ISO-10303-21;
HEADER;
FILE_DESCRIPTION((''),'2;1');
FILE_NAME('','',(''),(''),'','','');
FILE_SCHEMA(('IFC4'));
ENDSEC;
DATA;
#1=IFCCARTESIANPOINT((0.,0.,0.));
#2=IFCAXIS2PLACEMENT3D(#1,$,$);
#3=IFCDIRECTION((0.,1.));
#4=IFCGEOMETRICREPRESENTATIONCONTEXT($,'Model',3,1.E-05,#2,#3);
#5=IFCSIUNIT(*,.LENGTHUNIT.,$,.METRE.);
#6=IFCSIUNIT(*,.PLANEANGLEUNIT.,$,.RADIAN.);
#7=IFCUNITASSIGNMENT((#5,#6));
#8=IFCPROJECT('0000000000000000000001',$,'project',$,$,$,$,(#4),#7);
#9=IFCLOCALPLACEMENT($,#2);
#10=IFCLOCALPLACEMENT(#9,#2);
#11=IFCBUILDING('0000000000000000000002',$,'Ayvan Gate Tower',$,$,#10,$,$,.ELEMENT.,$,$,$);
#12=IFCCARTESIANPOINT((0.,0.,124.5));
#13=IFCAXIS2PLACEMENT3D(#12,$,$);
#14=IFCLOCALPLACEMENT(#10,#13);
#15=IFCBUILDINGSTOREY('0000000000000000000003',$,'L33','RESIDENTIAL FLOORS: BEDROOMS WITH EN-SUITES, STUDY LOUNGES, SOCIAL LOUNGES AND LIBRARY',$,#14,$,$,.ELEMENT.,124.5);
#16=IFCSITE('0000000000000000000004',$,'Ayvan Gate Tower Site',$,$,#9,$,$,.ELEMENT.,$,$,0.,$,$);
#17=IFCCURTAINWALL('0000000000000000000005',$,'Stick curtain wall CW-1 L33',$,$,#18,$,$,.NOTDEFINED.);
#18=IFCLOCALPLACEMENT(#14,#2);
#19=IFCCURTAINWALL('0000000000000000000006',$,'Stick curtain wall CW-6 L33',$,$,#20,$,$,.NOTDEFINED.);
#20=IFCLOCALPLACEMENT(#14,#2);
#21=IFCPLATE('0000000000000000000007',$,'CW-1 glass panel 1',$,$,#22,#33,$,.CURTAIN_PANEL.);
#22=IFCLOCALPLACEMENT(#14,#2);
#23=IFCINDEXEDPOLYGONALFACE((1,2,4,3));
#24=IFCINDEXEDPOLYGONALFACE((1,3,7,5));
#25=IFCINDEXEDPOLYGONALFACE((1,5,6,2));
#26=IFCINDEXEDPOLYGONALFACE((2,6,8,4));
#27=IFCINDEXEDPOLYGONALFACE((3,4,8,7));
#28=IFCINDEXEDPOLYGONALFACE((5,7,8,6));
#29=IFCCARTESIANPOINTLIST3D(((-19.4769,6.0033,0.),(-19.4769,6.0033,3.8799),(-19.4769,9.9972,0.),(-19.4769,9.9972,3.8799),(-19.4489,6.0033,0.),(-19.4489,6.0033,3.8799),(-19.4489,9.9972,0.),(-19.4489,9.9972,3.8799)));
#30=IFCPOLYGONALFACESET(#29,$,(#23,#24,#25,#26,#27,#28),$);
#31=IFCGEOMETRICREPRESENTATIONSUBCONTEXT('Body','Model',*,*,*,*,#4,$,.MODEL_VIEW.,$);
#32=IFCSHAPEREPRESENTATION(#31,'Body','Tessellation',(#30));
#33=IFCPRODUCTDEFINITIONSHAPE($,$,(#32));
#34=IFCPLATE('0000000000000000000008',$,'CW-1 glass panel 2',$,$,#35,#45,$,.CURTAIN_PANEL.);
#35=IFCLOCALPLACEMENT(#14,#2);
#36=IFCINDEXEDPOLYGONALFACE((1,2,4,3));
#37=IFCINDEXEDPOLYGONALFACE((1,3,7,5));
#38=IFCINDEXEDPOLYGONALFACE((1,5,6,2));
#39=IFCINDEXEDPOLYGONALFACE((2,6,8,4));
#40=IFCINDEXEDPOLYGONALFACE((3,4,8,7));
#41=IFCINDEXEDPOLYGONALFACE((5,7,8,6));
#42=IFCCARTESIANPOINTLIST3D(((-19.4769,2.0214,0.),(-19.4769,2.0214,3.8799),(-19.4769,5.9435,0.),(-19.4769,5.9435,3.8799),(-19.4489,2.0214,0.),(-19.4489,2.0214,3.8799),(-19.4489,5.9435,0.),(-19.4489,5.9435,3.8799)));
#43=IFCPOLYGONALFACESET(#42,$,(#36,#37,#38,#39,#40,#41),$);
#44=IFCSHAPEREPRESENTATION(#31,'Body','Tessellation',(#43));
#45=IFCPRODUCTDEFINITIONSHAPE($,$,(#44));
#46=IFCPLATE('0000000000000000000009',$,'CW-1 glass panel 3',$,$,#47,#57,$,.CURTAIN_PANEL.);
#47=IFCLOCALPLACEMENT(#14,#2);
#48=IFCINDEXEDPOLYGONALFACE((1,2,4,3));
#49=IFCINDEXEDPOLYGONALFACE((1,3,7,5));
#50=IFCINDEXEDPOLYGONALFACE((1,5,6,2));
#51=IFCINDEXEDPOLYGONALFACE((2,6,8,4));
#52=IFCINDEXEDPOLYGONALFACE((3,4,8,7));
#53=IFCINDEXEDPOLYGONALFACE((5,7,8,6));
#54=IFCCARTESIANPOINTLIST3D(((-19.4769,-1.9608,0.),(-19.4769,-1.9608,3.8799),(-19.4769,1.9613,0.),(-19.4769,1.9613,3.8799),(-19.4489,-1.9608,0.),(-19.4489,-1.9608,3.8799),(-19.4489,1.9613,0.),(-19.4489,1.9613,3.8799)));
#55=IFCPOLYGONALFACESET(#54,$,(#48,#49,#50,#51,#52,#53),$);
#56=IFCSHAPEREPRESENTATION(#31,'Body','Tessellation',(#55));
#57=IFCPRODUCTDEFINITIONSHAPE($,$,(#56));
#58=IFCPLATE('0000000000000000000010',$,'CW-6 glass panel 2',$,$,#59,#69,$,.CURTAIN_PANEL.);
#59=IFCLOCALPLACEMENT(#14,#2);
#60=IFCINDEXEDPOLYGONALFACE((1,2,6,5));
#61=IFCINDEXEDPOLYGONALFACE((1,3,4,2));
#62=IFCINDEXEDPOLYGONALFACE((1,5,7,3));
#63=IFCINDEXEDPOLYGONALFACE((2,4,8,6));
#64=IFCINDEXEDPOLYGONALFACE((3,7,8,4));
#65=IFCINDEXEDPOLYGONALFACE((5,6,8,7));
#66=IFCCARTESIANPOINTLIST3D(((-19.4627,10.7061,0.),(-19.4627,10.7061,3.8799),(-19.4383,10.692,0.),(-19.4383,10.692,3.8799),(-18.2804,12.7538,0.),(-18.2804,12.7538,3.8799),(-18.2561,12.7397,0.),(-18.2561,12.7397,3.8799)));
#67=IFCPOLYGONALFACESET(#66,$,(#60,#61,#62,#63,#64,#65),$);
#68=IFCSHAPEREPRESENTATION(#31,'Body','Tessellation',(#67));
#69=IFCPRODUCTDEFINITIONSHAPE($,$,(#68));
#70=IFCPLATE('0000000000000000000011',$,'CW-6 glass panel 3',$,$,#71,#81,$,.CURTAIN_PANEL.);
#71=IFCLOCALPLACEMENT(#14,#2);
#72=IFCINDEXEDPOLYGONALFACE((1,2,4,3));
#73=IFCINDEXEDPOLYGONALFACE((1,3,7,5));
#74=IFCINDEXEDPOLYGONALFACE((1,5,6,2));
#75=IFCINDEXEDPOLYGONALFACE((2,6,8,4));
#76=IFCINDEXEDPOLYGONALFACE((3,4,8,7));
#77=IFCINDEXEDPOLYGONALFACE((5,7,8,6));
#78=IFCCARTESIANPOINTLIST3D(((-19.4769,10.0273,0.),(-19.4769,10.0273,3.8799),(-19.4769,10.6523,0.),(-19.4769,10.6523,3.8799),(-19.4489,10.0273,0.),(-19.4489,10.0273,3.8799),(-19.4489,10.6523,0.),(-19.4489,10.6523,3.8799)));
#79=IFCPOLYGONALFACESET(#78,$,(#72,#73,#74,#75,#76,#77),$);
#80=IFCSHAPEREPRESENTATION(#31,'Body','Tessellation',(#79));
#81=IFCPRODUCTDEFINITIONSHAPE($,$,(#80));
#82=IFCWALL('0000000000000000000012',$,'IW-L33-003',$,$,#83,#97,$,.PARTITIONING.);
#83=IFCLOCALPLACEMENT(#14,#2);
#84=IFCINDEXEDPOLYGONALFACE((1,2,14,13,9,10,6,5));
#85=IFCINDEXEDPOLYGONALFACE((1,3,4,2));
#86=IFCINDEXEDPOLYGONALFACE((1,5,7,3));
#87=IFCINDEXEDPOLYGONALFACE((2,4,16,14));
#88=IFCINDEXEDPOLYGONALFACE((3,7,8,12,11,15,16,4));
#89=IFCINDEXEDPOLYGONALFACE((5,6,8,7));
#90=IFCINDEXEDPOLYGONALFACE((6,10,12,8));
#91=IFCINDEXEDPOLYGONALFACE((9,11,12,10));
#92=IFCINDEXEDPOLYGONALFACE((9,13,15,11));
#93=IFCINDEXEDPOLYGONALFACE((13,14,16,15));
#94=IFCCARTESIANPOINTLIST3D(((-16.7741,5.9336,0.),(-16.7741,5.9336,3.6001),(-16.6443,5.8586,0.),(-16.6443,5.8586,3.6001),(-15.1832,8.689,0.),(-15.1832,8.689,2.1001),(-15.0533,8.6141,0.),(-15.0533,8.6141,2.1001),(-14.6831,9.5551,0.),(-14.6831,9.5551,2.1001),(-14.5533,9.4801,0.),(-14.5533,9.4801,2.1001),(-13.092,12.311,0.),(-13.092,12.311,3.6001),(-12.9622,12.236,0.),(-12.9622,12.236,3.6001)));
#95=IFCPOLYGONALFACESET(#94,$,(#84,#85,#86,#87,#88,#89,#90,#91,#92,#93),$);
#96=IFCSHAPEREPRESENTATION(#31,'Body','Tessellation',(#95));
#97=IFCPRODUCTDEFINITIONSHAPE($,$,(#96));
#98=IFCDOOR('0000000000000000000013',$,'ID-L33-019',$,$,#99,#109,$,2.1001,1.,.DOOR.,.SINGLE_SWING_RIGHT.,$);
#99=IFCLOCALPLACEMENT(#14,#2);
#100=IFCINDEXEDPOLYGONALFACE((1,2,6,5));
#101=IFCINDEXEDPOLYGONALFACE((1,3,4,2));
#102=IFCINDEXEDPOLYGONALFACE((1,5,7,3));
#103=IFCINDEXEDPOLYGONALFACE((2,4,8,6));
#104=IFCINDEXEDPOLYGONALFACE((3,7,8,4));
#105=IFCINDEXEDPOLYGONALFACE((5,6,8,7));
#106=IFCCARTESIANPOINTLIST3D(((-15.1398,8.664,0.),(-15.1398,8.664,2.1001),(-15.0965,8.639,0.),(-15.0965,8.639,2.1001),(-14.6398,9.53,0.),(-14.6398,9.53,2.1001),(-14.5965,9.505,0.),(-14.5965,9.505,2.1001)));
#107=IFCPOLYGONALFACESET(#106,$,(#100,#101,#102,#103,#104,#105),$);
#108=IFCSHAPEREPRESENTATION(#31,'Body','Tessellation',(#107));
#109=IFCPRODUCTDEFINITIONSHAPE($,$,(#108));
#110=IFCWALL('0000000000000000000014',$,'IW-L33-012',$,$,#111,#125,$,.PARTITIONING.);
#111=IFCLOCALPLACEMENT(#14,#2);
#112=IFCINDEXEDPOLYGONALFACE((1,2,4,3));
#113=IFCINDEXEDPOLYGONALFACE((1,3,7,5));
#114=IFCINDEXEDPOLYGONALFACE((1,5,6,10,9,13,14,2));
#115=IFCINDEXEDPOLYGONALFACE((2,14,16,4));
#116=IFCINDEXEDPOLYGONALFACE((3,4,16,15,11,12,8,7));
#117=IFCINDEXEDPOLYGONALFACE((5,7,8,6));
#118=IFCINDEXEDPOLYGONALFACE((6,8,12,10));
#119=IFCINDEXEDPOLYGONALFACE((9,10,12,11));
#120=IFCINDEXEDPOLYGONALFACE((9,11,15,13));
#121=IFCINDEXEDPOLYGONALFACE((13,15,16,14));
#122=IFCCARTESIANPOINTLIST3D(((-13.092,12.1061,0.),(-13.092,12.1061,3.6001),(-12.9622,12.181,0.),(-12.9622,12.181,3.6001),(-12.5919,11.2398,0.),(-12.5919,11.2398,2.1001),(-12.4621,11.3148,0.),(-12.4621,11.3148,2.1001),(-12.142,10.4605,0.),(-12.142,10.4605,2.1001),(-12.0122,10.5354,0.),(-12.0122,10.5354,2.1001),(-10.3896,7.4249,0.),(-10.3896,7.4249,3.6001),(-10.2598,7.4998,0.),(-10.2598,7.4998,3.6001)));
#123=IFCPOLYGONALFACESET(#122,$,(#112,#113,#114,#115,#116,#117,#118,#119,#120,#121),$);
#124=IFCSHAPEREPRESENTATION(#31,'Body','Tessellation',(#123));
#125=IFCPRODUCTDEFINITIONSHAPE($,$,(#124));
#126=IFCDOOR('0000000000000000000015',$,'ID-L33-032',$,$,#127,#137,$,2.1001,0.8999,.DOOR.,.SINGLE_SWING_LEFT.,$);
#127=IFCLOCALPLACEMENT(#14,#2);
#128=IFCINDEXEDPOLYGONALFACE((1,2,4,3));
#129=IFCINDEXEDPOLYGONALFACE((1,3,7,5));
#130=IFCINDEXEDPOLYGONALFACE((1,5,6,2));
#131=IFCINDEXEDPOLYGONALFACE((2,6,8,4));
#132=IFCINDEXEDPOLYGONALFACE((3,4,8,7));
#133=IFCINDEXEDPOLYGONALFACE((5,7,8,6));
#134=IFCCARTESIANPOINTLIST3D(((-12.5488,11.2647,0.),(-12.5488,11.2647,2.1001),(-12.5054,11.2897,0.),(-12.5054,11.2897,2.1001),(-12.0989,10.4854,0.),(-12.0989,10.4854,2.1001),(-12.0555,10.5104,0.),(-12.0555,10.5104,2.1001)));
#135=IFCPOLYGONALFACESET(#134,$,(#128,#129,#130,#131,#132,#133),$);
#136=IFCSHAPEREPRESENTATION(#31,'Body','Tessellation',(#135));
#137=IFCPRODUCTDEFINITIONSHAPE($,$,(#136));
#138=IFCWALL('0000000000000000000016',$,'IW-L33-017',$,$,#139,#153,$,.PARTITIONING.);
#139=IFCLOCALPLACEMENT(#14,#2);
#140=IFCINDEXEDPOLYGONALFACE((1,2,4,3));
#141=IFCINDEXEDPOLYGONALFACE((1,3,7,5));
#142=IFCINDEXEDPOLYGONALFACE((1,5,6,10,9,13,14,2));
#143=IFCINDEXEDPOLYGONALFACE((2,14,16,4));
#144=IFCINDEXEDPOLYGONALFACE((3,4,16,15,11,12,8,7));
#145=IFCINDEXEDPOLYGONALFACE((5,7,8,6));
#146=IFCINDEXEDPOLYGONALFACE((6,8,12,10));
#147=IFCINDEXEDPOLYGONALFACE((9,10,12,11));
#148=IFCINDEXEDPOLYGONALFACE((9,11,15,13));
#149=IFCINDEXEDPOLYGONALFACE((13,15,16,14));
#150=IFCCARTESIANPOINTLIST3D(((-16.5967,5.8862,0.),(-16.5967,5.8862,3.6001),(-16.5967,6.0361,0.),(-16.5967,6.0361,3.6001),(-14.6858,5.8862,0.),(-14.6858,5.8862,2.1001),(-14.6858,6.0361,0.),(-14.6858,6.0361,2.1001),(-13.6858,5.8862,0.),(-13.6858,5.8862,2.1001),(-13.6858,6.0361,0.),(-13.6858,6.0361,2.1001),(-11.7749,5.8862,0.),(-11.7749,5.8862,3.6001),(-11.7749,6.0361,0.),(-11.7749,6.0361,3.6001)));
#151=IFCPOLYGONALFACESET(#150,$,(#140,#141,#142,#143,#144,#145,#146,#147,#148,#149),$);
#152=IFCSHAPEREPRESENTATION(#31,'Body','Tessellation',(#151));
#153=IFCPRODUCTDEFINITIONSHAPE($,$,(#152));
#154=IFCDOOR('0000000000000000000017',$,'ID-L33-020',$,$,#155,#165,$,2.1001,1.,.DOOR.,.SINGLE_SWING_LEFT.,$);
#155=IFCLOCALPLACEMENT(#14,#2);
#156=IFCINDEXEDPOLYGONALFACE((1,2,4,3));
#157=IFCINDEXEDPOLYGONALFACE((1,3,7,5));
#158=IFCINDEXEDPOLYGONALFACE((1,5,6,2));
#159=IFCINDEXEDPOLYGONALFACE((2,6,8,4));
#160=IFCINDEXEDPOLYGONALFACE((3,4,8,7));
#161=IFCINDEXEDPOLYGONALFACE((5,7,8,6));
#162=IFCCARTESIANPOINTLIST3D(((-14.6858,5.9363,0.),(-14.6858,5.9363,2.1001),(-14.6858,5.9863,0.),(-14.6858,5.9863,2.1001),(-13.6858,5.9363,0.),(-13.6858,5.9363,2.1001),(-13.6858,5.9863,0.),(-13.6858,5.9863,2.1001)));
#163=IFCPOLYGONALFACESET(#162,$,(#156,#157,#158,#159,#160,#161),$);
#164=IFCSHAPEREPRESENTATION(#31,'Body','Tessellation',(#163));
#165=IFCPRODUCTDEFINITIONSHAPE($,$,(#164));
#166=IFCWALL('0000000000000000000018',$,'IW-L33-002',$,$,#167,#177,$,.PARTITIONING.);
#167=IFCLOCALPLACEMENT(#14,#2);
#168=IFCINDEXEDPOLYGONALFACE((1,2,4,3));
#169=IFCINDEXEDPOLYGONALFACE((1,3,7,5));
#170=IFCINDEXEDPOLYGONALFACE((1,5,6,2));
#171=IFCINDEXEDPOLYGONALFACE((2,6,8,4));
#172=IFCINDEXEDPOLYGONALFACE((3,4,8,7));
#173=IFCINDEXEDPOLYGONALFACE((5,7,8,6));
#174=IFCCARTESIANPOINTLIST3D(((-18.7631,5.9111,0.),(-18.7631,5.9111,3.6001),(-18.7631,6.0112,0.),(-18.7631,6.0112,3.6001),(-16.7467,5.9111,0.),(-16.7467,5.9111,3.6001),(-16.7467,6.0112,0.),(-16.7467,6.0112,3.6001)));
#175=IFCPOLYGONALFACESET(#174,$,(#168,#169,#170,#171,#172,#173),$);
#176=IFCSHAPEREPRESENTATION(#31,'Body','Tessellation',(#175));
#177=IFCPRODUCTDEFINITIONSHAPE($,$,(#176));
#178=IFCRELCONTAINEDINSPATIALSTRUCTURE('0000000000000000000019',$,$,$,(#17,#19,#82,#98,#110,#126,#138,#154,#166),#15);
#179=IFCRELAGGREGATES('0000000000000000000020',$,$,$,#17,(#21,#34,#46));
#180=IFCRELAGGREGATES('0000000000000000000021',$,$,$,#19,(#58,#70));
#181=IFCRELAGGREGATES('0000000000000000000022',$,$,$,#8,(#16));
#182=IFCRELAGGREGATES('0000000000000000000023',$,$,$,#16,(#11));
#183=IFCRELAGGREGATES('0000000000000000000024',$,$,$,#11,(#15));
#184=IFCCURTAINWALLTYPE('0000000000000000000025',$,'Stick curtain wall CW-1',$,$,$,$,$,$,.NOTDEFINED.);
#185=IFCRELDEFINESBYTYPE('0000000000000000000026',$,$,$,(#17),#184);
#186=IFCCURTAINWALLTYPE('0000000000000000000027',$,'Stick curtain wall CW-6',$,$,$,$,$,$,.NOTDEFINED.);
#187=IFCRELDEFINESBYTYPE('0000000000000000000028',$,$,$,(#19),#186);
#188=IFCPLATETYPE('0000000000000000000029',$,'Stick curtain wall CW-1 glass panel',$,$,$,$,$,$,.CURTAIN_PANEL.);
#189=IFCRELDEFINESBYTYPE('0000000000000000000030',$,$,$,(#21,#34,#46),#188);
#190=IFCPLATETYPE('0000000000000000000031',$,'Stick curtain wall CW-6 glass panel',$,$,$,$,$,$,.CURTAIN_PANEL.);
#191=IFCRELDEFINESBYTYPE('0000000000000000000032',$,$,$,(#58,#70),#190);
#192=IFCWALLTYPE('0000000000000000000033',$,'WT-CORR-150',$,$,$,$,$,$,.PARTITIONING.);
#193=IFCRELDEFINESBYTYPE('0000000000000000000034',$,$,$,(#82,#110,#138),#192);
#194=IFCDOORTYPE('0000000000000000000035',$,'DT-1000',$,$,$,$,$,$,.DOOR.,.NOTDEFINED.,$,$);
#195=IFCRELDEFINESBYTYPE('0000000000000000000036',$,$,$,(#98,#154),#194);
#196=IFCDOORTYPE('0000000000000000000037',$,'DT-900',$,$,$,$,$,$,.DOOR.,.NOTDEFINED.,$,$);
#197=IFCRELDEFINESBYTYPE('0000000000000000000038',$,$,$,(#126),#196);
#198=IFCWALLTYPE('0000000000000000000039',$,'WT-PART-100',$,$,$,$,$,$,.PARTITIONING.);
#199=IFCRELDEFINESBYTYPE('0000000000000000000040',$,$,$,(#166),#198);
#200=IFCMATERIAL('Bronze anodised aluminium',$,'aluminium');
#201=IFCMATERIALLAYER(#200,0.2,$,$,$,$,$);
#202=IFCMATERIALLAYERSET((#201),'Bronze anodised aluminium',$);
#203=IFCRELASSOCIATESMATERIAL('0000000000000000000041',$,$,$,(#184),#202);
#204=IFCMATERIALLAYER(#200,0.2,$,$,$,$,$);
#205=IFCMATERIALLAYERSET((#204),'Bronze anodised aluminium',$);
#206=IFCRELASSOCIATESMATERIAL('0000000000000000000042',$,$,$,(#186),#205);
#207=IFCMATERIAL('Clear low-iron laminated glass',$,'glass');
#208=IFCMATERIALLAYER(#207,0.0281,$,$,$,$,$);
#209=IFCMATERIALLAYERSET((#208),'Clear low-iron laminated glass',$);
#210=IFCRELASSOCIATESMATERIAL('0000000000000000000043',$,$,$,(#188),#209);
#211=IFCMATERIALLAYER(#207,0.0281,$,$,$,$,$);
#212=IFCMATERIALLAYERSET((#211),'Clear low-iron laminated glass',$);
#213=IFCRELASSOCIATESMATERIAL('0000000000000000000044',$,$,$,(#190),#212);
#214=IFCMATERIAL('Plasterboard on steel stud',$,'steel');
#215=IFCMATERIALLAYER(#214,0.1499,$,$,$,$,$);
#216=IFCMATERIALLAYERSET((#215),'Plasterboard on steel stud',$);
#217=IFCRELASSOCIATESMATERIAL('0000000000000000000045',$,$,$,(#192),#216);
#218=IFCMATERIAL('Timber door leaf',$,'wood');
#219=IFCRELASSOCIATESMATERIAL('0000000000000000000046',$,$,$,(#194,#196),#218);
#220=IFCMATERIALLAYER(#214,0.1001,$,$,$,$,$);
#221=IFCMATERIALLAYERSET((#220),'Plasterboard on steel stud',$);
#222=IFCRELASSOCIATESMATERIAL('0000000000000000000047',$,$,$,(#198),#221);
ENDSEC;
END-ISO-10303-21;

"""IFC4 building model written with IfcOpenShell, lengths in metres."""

from ifc_helpers import new_model, si_unit, direction, frame, frame_2d, origin, origin_2d, place, context, subcontext, project, spatial, rectangle, extrude, material, layer, layer_set, type_object, element, fill, aggregate, save


model = new_model("IFC4")

# Units and contexts
model_context = context("Model", 3, precision=1e-05, world=origin(), true_north=direction((0.0, 1.0)))
body_context = subcontext(model_context, "Body", "Model", "MODEL_VIEW")
ifc_project = project(units=[si_unit("LENGTHUNIT", "METRE"), si_unit("PLANEANGLEUNIT", "RADIAN")], contexts=[model_context])

# Site, building, storey
site_placement = place(None, origin())
site = spatial("IfcSite", under=ifc_project, at=site_placement, Name="Ayvan Gate Tower Site", CompositionType="ELEMENT", RefElevation=0.0)
building_placement = place(site_placement, origin())
building = spatial("IfcBuilding", under=site, at=building_placement, Name="Ayvan Gate Tower", CompositionType="ELEMENT")
storey_placement = place(building_placement, frame((0.0, 0.0, 124.5)))
storey = spatial("IfcBuildingStorey", under=building, at=storey_placement, Name="L33", Description="RESIDENTIAL FLOORS: BEDROOMS WITH EN-SUITES, STUDY LOUNGES, SOCIAL LOUNGES AND LIBRARY", CompositionType="ELEMENT", Elevation=124.5)

# Curtain walls
ifc_material_1 = material(Name="Bronze anodised aluminium", Category="aluminium")
ifc_layer_1 = layer(ifc_material_1, 0.2)
ifc_layer_set_1 = layer_set([ifc_layer_1], Name="Bronze anodised aluminium")
curtain_wall_type_1 = type_object("IfcCurtainWallType", Name="Stick curtain wall CW-1", PredefinedType="NOTDEFINED", material=ifc_layer_set_1)
curtain_wall_1_placement = place(storey_placement, origin())
curtain_wall_1 = element("IfcCurtainWall", 1, at=curtain_wall_1_placement, inside=storey, type_object=curtain_wall_type_1, Name="Stick curtain wall CW-1 L33", PredefinedType="NOTDEFINED")
ifc_layer_2 = layer(ifc_material_1, 0.2)
ifc_layer_set_2 = layer_set([ifc_layer_2], Name="Bronze anodised aluminium")
curtain_wall_type_2 = type_object("IfcCurtainWallType", Name="Stick curtain wall CW-6", PredefinedType="NOTDEFINED", material=ifc_layer_set_2)
curtain_wall_2_placement = place(storey_placement, origin())
curtain_wall_2 = element("IfcCurtainWall", 2, at=curtain_wall_2_placement, inside=storey, type_object=curtain_wall_type_2, Name="Stick curtain wall CW-6 L33", PredefinedType="NOTDEFINED")

# Plates
ifc_material_2 = material(Name="Clear low-iron laminated glass", Category="glass")
ifc_layer_3 = layer(ifc_material_2, 0.0281)
ifc_layer_set_3 = layer_set([ifc_layer_3], Name="Clear low-iron laminated glass")
plate_type_1 = type_object("IfcPlateType", Name="Stick curtain wall CW-1 glass panel", PredefinedType="CURTAIN_PANEL", material=ifc_layer_set_3)
plate_1_placement = place(storey_placement, frame((-19.4629, 8.0002, 0.0), z_axis=(0.0, 0.0, 1.0), x_axis=(0.0, -1.0, 0.0)))
plate_1 = element("IfcPlate", 3, at=plate_1_placement, type_object=plate_type_1, Name="CW-1 glass panel 1", PredefinedType="CURTAIN_PANEL", context=body_context, shape_type="SweptSolid", body=[
    extrude(rectangle(XDim=3.9939, YDim=0.0281, at=origin_2d()), origin(), (0.0, 0.0, 1.0), 3.8799),
])
plate_2_placement = place(storey_placement, frame((-19.4629, 3.9824, 0.0), z_axis=(0.0, 0.0, 1.0), x_axis=(0.0, -1.0, 0.0)))
plate_2 = element("IfcPlate", 4, at=plate_2_placement, type_object=plate_type_1, Name="CW-1 glass panel 2", PredefinedType="CURTAIN_PANEL", context=body_context, shape_type="SweptSolid", body=[
    extrude(rectangle(XDim=3.9221, YDim=0.0281, at=origin_2d()), origin(), (0.0, 0.0, 1.0), 3.8799),
])
plate_3_placement = place(storey_placement, frame((-19.4629, 0.0002, 0.0), z_axis=(0.0, 0.0, 1.0), x_axis=(0.0, -1.0, 0.0)))
plate_3 = element("IfcPlate", 5, at=plate_3_placement, type_object=plate_type_1, Name="CW-1 glass panel 3", PredefinedType="CURTAIN_PANEL", context=body_context, shape_type="SweptSolid", body=[
    extrude(rectangle(XDim=3.9221, YDim=0.0281, at=origin_2d()), origin(), (0.0, 0.0, 1.0), 3.8799),
])
aggregate(curtain_wall_1, [plate_1, plate_2, plate_3])
ifc_layer_4 = layer(ifc_material_2, 0.0281)
ifc_layer_set_4 = layer_set([ifc_layer_4], Name="Clear low-iron laminated glass")
plate_type_2 = type_object("IfcPlateType", Name="Stick curtain wall CW-6 glass panel", PredefinedType="CURTAIN_PANEL", material=ifc_layer_set_4)
plate_4_placement = place(storey_placement, frame((-18.8594, 11.7229, 0.0), z_axis=(0.0, 0.0, 1.0), x_axis=(-0.5, -0.866025, 0.0)))
plate_4 = element("IfcPlate", 6, at=plate_4_placement, type_object=plate_type_2, Name="CW-6 glass panel 2", PredefinedType="CURTAIN_PANEL", context=body_context, shape_type="SweptSolid", body=[
    extrude(rectangle(XDim=2.3645, YDim=0.0281, at=origin_2d()), origin(), (0.0, 0.0, 1.0), 3.8799),
])
plate_5_placement = place(storey_placement, frame((-19.4629, 10.3398, 0.0), z_axis=(0.0, 0.0, 1.0), x_axis=(0.0, -1.0, 0.0)))
plate_5 = element("IfcPlate", 7, at=plate_5_placement, type_object=plate_type_2, Name="CW-6 glass panel 3", PredefinedType="CURTAIN_PANEL", context=body_context, shape_type="SweptSolid", body=[
    extrude(rectangle(XDim=0.625, YDim=0.0281, at=origin_2d()), origin(), (0.0, 0.0, 1.0), 3.8799),
])
aggregate(curtain_wall_2, [plate_4, plate_5])

# Walls, openings, doors
ifc_material_3 = material(Name="Plasterboard on steel stud", Category="steel")
ifc_layer_5 = layer(ifc_material_3, 0.1499)
ifc_layer_set_5 = layer_set([ifc_layer_5], Name="Plasterboard on steel stud")
wall_type_1 = type_object("IfcWallType", Name="WT-CORR-150", PredefinedType="PARTITIONING", material=ifc_layer_set_5)
wall_1_placement = place(storey_placement, frame((-16.7092, 5.896, 0.0), z_axis=(0.0, 0.0, 1.0), x_axis=(0.500011, 0.866019, 0.0)))
wall_1 = element("IfcWall", 8, at=wall_1_placement, inside=storey, type_object=wall_type_1, Name="IW-L33-003", PredefinedType="PARTITIONING", context=body_context, shape_type="SweptSolid", body=[
    extrude(rectangle(XDim=7.364, YDim=0.1499, at=frame_2d((3.6821, 0.0))), origin(), (0.0, 0.0, 1.0), 3.6001),
])
opening_1_placement = place(wall_1_placement, frame((3.1819, 0.0, 0.0)))
opening_1 = element("IfcOpeningElement", 9, at=opening_1_placement, cuts=wall_1, PredefinedType="OPENING", context=body_context, shape_type="SweptSolid", body=[
    extrude(rectangle(XDim=1.0, YDim=2.1001, at=frame_2d((0.5, 1.05))), frame((0.0, 0.085, 0.0), z_axis=(0.0, -1.0, 0.0), x_axis=(1.0, 0.0, 0.0)), (0.0, 0.0, 1.0), 0.1699),
])
ifc_material_4 = material(Name="Timber door leaf", Category="wood")
door_type_1 = type_object("IfcDoorType", Name="DT-1000", OperationType="NOTDEFINED", PredefinedType="DOOR", material=ifc_material_4)
door_1_placement = place(opening_1_placement, origin())
door_1 = element("IfcDoor", 10, at=door_1_placement, inside=storey, type_object=door_type_1, Name="ID-L33-019", OperationType="SINGLE_SWING_RIGHT", OverallHeight=2.1001, OverallWidth=1.0, PredefinedType="DOOR", context=body_context, shape_type="SweptSolid", body=[
    extrude(rectangle(XDim=1.0, YDim=2.1001, at=frame_2d((0.5, 1.05))), frame((0.0, 0.0249, 0.0), z_axis=(0.0, -1.0, 0.0), x_axis=(1.0, 0.0, 0.0)), (0.0, 0.0, 1.0), 0.05),
])
fill(opening_1, door_1)
wall_2_placement = place(storey_placement, frame((-13.0271, 12.1436, 0.0), z_axis=(0.0, 0.0, 1.0), x_axis=(0.499962, -0.866047, 0.0)))
wall_2 = element("IfcWall", 11, at=wall_2_placement, inside=storey, type_object=wall_type_1, Name="IW-L33-012", PredefinedType="PARTITIONING", context=body_context, shape_type="SweptSolid", body=[
    extrude(rectangle(XDim=5.4053, YDim=0.1499, at=frame_2d((2.7026, 0.0))), origin(), (0.0, 0.0, 1.0), 3.6001),
])
opening_2_placement = place(wall_2_placement, frame((1.0002, 0.0, 0.0)))
opening_2 = element("IfcOpeningElement", 12, at=opening_2_placement, cuts=wall_2, PredefinedType="OPENING", context=body_context, shape_type="SweptSolid", body=[
    extrude(rectangle(XDim=0.8999, YDim=2.1001, at=frame_2d((0.45, 1.05))), frame((0.0, 0.085, 0.0), z_axis=(0.0, -1.0, 0.0), x_axis=(1.0, 0.0, 0.0)), (0.0, 0.0, 1.0), 0.1699),
])
door_type_2 = type_object("IfcDoorType", Name="DT-900", OperationType="NOTDEFINED", PredefinedType="DOOR", material=ifc_material_4)
door_2_placement = place(opening_2_placement, origin())
door_2 = element("IfcDoor", 13, at=door_2_placement, inside=storey, type_object=door_type_2, Name="ID-L33-032", OperationType="SINGLE_SWING_LEFT", OverallHeight=2.1001, OverallWidth=0.8999, PredefinedType="DOOR", context=body_context, shape_type="SweptSolid", body=[
    extrude(rectangle(XDim=0.8999, YDim=2.1001, at=frame_2d((0.45, 1.05))), frame((0.0, 0.0249, 0.0), z_axis=(0.0, -1.0, 0.0), x_axis=(1.0, 0.0, 0.0)), (0.0, 0.0, 1.0), 0.05),
])
fill(opening_2, door_2)
wall_3_placement = place(storey_placement, frame((-11.7749, 5.9612, 0.0), z_axis=(0.0, 0.0, 1.0), x_axis=(-1.0, 0.0, 0.0)))
wall_3 = element("IfcWall", 14, at=wall_3_placement, inside=storey, type_object=wall_type_1, Name="IW-L33-017", PredefinedType="PARTITIONING", context=body_context, shape_type="SweptSolid", body=[
    extrude(rectangle(XDim=4.8218, YDim=0.1499, at=frame_2d((2.4109, 0.0))), origin(), (0.0, 0.0, 1.0), 3.6001),
])
opening_3_placement = place(wall_3_placement, frame((1.9109, 0.0, 0.0)))
opening_3 = element("IfcOpeningElement", 15, at=opening_3_placement, cuts=wall_3, PredefinedType="OPENING", context=body_context, shape_type="SweptSolid", body=[
    extrude(rectangle(XDim=1.0, YDim=2.1001, at=frame_2d((0.5, 1.05))), frame((0.0, 0.085, 0.0), z_axis=(0.0, -1.0, 0.0), x_axis=(1.0, 0.0, 0.0)), (0.0, 0.0, 1.0), 0.1699),
])
door_3_placement = place(opening_3_placement, origin())
door_3 = element("IfcDoor", 16, at=door_3_placement, inside=storey, type_object=door_type_1, Name="ID-L33-020", OperationType="SINGLE_SWING_LEFT", OverallHeight=2.1001, OverallWidth=1.0, PredefinedType="DOOR", context=body_context, shape_type="SweptSolid", body=[
    extrude(rectangle(XDim=1.0, YDim=2.1001, at=frame_2d((0.5, 1.05))), frame((0.0, 0.0249, 0.0), z_axis=(0.0, -1.0, 0.0), x_axis=(1.0, 0.0, 0.0)), (0.0, 0.0, 1.0), 0.05),
])
fill(opening_3, door_3)

# Wall
ifc_layer_6 = layer(ifc_material_3, 0.1001)
ifc_layer_set_6 = layer_set([ifc_layer_6], Name="Plasterboard on steel stud")
wall_type_2 = type_object("IfcWallType", Name="WT-PART-100", PredefinedType="PARTITIONING", material=ifc_layer_set_6)
wall_4_placement = place(storey_placement, frame((-16.7466, 5.9612, 0.0), z_axis=(0.0, 0.0, 1.0), x_axis=(-1.0, 0.0, 0.0)))
element("IfcWall", 17, at=wall_4_placement, inside=storey, type_object=wall_type_2, Name="IW-L33-002", PredefinedType="PARTITIONING", context=body_context, shape_type="SweptSolid", body=[
    extrude(rectangle(XDim=2.0164, YDim=0.1001, at=frame_2d((1.0083, 0.0))), origin(), (0.0, 0.0, 1.0), 3.6001),
])

save(model, "model.ifc")
